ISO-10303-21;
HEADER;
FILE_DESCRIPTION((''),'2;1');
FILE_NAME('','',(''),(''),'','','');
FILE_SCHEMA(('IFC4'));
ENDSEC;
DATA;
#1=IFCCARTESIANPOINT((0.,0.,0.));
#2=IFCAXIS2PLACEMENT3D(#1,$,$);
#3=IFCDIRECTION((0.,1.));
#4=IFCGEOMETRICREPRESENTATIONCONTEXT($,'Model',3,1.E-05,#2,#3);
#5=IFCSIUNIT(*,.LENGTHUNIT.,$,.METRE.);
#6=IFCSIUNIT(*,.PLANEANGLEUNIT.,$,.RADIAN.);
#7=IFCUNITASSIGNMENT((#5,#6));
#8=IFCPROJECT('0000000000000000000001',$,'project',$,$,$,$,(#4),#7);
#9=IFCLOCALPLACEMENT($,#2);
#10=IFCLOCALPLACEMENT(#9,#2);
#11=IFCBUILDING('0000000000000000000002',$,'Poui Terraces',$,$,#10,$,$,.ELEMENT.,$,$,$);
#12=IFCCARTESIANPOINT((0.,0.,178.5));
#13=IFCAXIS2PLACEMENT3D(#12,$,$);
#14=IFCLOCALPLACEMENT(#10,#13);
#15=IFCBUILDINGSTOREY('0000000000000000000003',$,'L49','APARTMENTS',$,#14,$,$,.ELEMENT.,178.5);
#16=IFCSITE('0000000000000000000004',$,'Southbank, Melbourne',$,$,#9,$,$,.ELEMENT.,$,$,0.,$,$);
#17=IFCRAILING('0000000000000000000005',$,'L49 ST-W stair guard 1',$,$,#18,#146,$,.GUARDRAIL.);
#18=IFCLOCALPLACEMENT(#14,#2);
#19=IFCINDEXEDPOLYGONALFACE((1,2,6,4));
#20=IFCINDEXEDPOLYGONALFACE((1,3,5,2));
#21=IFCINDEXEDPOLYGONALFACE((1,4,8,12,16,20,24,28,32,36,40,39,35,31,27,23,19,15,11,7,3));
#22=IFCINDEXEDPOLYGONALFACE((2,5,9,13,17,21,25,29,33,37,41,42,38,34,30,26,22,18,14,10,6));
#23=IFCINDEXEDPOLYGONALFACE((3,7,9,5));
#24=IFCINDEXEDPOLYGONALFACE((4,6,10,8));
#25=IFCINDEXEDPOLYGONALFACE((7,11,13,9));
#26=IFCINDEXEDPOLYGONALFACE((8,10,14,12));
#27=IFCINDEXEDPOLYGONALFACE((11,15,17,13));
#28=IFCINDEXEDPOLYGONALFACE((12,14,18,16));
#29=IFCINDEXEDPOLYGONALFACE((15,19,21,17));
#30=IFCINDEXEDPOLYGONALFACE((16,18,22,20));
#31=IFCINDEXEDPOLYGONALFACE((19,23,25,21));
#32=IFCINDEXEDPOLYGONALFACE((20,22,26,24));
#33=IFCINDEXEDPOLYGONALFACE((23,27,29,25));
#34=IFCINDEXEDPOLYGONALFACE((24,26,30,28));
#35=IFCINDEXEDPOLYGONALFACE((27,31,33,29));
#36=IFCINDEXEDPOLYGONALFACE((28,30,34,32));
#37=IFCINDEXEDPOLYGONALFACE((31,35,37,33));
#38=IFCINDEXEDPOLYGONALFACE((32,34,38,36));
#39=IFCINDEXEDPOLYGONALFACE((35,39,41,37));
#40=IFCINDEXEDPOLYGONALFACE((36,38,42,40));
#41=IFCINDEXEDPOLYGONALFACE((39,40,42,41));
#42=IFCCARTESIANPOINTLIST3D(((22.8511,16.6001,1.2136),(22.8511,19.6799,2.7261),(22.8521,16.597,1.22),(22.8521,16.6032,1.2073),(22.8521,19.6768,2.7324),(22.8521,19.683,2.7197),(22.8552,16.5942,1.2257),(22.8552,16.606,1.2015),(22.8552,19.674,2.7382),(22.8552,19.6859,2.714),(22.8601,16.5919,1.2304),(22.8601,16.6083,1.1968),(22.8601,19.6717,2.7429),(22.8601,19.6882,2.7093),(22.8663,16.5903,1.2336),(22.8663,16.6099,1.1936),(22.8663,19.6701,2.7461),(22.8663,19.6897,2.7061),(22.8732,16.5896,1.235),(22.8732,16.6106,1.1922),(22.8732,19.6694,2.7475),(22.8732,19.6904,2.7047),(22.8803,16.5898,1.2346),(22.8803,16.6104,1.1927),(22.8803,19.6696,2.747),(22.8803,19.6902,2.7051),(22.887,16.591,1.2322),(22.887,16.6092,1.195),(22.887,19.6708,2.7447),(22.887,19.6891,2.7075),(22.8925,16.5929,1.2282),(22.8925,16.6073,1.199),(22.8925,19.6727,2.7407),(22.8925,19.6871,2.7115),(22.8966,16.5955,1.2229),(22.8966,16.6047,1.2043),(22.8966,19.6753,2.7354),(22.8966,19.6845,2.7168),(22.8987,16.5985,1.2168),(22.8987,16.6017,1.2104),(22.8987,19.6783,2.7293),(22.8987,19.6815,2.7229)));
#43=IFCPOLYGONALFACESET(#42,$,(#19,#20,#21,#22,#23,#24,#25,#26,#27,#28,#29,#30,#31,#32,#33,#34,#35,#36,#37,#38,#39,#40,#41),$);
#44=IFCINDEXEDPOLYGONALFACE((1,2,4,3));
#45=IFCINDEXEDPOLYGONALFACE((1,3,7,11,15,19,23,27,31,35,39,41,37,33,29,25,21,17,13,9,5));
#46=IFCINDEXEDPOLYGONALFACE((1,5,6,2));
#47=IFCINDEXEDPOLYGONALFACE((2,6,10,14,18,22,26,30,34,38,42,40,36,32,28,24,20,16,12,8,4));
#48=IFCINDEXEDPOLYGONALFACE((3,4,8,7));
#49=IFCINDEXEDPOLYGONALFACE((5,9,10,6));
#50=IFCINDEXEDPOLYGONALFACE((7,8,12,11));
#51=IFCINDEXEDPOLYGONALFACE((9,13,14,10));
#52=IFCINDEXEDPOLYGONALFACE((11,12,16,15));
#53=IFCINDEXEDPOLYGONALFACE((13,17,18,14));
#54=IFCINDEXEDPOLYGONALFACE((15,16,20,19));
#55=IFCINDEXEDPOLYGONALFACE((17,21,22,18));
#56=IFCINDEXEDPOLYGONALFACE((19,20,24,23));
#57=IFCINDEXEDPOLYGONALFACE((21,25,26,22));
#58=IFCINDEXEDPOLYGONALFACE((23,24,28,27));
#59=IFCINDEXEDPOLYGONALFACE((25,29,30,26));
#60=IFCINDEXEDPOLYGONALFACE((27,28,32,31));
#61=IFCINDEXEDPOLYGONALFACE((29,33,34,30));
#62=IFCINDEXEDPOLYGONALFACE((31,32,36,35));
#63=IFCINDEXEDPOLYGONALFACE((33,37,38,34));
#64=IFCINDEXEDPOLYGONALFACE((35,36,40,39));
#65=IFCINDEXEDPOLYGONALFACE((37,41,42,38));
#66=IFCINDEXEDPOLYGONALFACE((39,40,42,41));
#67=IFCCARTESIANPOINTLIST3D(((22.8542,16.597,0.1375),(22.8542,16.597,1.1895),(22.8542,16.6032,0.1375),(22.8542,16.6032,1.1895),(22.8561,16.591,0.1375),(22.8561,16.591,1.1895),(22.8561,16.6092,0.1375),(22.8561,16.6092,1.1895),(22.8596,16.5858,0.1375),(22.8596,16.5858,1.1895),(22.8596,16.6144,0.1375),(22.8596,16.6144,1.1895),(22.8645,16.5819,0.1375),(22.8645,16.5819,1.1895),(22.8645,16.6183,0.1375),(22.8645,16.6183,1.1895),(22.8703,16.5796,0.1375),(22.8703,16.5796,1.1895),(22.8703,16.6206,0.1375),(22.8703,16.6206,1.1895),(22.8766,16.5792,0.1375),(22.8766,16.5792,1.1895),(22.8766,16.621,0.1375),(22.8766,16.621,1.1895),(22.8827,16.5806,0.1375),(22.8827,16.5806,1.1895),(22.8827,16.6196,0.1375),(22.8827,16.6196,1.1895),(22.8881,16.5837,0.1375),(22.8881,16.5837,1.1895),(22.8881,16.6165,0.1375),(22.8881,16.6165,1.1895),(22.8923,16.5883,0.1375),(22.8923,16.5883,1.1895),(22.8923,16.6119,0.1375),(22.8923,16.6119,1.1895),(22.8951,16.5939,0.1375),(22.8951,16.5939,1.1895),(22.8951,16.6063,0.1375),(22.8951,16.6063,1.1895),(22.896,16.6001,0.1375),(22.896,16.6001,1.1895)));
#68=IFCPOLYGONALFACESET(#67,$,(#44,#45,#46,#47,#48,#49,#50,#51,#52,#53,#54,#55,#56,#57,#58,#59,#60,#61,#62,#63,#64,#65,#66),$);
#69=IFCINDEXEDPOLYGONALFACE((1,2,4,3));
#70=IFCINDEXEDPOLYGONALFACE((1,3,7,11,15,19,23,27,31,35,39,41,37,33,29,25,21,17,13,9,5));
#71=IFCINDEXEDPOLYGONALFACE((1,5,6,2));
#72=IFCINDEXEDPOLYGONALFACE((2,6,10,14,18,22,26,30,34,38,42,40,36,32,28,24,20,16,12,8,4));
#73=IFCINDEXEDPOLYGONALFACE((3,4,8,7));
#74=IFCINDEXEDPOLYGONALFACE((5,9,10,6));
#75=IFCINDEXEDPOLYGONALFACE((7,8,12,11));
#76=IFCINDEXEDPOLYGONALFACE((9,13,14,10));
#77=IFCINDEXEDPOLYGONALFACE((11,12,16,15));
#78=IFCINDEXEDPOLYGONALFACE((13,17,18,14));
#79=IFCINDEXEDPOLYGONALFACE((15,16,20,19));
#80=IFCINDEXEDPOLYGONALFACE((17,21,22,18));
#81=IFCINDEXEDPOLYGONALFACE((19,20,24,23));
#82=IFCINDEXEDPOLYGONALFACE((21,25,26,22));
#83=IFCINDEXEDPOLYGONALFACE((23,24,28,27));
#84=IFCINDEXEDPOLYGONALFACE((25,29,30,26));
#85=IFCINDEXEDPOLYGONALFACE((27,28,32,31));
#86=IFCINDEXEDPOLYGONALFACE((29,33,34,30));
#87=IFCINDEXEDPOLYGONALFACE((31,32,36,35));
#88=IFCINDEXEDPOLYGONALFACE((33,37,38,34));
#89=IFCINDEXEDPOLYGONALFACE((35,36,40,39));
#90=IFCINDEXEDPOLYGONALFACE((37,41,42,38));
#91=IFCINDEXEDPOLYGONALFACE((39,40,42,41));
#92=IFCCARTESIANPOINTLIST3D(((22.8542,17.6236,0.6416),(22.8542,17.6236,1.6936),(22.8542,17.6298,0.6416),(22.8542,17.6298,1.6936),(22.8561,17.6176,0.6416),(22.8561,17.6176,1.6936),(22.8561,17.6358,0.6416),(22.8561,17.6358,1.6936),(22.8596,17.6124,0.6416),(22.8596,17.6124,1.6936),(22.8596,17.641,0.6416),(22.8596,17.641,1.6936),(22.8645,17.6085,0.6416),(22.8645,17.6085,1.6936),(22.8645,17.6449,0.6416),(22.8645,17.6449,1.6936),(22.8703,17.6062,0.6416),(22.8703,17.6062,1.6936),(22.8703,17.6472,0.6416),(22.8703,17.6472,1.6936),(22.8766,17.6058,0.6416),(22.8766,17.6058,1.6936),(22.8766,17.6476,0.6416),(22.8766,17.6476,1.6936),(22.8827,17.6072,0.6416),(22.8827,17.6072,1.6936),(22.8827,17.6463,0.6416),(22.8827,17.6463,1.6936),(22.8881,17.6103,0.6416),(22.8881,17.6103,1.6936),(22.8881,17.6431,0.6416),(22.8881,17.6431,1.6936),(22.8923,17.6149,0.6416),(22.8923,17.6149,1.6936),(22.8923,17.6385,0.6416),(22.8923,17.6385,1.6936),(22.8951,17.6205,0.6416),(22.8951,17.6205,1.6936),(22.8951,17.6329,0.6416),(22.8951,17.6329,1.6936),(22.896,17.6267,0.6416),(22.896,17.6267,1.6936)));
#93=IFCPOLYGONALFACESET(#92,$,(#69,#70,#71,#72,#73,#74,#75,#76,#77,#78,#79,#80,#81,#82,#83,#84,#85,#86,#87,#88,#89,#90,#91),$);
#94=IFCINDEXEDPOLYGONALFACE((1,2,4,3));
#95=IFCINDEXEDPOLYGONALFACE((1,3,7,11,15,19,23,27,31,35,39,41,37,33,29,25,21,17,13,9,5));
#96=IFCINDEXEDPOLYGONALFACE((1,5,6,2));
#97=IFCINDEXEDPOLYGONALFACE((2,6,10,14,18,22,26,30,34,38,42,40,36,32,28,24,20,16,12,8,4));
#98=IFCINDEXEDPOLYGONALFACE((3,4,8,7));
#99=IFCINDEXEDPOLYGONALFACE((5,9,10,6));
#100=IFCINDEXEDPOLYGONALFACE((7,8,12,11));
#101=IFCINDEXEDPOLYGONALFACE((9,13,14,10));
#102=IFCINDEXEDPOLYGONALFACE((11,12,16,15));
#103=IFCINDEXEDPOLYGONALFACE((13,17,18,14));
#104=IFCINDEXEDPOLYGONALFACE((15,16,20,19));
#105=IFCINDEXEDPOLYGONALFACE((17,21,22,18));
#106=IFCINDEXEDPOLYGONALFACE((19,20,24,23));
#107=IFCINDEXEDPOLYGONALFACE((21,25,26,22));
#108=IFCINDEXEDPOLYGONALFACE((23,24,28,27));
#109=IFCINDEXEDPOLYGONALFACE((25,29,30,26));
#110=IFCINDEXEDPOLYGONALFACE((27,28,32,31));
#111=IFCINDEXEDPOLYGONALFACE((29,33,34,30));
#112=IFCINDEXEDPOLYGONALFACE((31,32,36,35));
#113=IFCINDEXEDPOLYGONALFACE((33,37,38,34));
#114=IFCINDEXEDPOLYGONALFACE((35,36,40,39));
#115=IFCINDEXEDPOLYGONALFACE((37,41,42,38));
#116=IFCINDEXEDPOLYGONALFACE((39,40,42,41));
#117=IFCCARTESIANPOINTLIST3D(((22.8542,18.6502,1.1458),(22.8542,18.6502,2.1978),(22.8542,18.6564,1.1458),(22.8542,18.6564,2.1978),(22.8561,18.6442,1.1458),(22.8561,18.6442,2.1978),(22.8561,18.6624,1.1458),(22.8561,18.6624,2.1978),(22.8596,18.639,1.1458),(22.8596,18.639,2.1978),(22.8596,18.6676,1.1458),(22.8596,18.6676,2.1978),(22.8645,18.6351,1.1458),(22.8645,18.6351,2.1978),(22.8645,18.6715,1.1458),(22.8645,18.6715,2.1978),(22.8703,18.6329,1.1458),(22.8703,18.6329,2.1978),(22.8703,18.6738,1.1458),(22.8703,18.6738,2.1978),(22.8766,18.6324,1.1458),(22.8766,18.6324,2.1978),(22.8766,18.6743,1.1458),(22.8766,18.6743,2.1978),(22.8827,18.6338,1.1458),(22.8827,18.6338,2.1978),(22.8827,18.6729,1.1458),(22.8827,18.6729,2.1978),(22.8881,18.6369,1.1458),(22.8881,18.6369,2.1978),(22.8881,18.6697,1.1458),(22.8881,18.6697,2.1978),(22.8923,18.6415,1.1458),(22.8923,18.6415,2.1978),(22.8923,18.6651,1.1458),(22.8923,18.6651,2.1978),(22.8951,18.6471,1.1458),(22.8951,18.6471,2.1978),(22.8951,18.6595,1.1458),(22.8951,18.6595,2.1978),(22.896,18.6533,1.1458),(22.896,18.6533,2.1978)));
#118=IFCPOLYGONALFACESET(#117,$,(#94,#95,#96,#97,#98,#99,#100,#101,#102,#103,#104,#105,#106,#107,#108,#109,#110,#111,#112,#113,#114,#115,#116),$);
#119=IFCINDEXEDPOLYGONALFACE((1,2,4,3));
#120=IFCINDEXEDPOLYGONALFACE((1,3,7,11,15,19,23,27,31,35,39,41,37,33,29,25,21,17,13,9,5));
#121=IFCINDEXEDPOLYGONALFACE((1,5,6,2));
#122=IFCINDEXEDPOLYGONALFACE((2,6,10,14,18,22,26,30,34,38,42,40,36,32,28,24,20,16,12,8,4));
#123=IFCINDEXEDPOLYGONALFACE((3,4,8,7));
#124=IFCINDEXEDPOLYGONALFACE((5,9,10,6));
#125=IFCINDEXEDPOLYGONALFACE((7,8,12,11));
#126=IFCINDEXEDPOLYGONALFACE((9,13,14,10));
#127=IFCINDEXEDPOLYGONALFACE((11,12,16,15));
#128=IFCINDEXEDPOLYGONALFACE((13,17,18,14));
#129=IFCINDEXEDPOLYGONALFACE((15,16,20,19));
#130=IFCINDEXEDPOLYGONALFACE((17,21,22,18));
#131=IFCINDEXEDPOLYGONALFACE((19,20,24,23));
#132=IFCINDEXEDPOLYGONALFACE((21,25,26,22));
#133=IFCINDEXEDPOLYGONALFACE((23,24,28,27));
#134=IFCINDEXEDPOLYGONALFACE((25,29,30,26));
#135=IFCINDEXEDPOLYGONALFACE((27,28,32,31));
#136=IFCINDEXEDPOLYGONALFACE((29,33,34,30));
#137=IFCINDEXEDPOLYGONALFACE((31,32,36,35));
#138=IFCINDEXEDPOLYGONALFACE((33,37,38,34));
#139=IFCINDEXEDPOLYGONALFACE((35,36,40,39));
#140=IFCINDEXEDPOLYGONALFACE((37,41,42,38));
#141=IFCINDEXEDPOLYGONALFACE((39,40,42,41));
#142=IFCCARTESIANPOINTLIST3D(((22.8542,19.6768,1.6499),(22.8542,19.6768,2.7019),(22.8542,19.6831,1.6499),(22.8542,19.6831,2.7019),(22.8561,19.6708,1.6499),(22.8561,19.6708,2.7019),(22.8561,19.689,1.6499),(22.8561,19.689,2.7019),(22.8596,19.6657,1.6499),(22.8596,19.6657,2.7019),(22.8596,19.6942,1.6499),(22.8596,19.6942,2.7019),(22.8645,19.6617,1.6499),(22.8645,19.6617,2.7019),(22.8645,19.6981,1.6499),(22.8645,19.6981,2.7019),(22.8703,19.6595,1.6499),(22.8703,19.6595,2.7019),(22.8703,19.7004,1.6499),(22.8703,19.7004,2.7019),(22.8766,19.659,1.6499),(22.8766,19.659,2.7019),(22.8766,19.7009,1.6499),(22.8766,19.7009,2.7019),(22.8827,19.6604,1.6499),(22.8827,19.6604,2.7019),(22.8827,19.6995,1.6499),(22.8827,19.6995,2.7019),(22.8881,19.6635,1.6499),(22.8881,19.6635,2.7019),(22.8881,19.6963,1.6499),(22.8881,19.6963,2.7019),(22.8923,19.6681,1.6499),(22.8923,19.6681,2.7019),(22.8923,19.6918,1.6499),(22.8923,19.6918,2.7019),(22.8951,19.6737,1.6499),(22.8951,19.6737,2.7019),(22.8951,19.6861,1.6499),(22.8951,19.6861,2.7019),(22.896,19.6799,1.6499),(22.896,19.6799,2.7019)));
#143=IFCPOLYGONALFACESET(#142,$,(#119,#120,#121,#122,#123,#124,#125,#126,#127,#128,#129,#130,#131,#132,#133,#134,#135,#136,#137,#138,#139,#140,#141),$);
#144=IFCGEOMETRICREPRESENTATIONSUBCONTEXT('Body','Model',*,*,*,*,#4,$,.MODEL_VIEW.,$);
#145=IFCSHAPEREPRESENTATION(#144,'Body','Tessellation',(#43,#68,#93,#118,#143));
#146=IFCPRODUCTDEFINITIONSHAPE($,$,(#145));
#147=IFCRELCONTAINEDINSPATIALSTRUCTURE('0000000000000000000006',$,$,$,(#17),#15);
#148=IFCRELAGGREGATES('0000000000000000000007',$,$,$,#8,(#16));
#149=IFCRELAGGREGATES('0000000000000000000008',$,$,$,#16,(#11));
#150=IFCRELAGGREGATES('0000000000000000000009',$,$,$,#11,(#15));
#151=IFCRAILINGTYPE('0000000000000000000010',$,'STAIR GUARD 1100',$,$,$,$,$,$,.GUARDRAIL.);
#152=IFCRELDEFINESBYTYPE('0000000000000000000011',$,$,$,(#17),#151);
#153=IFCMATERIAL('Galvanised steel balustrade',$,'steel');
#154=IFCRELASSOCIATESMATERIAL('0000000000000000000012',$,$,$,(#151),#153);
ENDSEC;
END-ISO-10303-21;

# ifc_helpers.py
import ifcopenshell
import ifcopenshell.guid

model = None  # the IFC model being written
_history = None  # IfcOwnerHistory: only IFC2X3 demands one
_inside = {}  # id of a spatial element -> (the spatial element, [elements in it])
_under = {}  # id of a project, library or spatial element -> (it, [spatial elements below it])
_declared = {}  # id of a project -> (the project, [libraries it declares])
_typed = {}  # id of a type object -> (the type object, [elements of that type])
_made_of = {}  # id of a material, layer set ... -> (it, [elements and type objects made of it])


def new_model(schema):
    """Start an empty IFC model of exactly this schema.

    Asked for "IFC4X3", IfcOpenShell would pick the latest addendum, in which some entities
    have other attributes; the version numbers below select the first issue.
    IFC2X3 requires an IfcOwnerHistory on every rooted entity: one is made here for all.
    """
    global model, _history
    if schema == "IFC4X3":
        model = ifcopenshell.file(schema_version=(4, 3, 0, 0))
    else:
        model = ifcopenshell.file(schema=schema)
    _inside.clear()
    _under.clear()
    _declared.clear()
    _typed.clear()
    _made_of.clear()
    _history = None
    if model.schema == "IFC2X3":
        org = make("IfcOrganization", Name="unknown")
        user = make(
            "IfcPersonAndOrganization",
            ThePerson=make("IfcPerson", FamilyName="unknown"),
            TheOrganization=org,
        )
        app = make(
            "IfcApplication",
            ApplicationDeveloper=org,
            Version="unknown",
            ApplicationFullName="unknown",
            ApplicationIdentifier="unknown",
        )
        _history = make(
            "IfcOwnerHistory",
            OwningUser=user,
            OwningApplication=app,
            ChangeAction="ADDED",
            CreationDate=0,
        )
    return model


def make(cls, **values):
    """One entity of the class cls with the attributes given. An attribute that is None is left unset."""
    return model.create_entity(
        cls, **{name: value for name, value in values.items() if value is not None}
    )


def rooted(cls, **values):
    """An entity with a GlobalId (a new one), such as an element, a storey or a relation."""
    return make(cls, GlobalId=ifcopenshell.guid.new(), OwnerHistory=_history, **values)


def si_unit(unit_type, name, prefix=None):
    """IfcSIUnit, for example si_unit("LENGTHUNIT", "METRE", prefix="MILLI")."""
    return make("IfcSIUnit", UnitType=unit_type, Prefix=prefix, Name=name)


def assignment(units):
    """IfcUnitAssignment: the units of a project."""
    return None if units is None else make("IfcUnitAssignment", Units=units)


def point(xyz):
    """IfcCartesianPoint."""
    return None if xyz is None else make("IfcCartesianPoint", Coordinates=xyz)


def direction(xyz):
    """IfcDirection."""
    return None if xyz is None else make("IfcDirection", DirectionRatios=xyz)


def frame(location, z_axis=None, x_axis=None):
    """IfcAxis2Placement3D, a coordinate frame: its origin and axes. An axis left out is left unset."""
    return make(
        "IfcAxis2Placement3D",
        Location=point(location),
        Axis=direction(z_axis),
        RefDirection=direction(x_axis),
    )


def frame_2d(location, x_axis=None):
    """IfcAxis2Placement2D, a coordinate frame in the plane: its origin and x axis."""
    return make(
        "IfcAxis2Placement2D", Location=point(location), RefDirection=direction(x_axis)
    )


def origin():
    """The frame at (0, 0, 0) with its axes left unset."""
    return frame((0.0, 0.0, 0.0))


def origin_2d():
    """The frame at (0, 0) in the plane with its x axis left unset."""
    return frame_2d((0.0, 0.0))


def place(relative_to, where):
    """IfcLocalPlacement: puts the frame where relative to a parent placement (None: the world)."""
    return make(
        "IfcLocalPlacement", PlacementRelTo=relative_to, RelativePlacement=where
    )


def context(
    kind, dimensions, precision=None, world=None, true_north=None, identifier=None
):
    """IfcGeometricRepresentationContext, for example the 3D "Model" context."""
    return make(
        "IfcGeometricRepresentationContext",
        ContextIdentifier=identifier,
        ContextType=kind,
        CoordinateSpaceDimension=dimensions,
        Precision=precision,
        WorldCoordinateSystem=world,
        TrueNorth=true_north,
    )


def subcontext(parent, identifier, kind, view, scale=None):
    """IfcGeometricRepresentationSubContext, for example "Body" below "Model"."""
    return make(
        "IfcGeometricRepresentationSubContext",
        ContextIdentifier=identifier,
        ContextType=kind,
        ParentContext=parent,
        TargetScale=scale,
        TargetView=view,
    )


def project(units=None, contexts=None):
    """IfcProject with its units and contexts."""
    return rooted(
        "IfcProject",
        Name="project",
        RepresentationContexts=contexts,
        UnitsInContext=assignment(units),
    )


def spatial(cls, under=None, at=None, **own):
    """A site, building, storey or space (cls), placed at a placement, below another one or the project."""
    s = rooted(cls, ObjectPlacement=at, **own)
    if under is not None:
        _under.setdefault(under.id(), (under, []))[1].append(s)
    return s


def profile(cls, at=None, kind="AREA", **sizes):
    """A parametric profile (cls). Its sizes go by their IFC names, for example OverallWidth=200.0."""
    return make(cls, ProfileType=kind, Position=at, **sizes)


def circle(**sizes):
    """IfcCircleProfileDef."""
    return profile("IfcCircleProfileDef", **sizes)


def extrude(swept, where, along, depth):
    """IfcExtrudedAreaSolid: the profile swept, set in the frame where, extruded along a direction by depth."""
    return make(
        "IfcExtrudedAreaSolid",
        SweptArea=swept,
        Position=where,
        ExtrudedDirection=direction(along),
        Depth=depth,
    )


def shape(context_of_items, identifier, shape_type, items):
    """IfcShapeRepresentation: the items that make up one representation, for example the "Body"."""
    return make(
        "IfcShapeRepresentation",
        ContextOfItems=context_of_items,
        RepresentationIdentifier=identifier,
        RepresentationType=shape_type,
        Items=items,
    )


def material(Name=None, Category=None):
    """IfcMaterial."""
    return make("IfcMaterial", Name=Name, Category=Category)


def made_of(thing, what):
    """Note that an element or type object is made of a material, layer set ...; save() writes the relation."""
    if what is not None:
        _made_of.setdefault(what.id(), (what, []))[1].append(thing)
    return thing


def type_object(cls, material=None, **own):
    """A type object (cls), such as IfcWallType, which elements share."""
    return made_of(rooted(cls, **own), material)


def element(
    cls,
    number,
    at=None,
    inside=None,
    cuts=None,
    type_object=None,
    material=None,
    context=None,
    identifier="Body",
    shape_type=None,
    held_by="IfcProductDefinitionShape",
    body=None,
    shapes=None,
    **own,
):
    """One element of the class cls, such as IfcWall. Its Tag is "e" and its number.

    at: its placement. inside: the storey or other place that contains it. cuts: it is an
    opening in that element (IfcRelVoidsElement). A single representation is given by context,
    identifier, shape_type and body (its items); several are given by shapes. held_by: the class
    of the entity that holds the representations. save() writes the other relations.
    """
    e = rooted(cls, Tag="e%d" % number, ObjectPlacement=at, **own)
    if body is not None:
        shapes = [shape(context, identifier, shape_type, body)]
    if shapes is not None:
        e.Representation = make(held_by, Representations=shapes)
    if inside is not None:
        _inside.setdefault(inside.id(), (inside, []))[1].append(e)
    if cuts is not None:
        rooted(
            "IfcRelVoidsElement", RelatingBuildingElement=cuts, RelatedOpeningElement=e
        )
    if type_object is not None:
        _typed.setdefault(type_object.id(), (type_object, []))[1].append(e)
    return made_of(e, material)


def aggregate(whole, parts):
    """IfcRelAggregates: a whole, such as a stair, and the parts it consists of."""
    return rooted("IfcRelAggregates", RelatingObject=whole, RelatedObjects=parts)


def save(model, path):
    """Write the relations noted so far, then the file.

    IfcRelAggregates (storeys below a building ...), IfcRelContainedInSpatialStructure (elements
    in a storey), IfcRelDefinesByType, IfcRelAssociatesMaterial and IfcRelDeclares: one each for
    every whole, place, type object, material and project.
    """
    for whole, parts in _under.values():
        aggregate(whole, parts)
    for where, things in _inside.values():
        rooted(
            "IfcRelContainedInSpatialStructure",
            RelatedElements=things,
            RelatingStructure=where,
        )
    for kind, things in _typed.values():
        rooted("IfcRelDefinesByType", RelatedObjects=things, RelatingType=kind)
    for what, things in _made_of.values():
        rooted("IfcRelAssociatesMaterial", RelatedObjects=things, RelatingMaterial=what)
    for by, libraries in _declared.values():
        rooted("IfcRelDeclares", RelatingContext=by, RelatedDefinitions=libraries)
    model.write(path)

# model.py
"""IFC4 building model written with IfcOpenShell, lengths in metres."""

from ifc_helpers import new_model, si_unit, direction, frame, origin, origin_2d, place, context, subcontext, project, spatial, circle, extrude, material, type_object, element, save


model = new_model("IFC4")

# Units and contexts
model_context = context("Model", 3, precision=1e-05, world=origin(), true_north=direction((0.0, 1.0)))
body_context = subcontext(model_context, "Body", "Model", "MODEL_VIEW")
ifc_project = project(units=[si_unit("LENGTHUNIT", "METRE"), si_unit("PLANEANGLEUNIT", "RADIAN")], contexts=[model_context])

# Site, building, storey
site_placement = place(None, origin())
site = spatial("IfcSite", under=ifc_project, at=site_placement, Name="Southbank, Melbourne", CompositionType="ELEMENT", RefElevation=0.0)
building_placement = place(site_placement, origin())
building = spatial("IfcBuilding", under=site, at=building_placement, Name="Poui Terraces", CompositionType="ELEMENT")
storey_placement = place(building_placement, frame((0.0, 0.0, 178.5)))
storey = spatial("IfcBuildingStorey", under=building, at=storey_placement, Name="L49", Description="APARTMENTS", CompositionType="ELEMENT", Elevation=178.5)

# Railing
ifc_material_1 = material(Name="Galvanised steel balustrade", Category="steel")
railing_type_1 = type_object("IfcRailingType", Name="STAIR GUARD 1100", PredefinedType="GUARDRAIL", material=ifc_material_1)
railing_1_placement = place(storey_placement, frame((22.875, 16.6001, 0.1375)))
element("IfcRailing", 1, at=railing_1_placement, inside=storey, type_object=railing_type_1, Name="L49 ST-W stair guard 1", PredefinedType="GUARDRAIL", context=body_context, shape_type="SweptSolid", body=[
    extrude(circle(Radius=0.0239, at=origin_2d()), frame((0.0, 0.0, 1.0762), z_axis=(0.0, 0.897606, 0.440798), x_axis=(-1.0, 0.0, 0.0)), (0.0, 0.0, 1.0), 3.4312),
    extrude(circle(Radius=0.021, at=origin_2d()), origin(), (0.0, 0.0, 1.0), 1.052),
    extrude(circle(Radius=0.021, at=origin_2d()), frame((0.0, 1.0266, 0.5042)), (0.0, 0.0, 1.0), 1.052),
    extrude(circle(Radius=0.021, at=origin_2d()), frame((0.0, 2.0532, 1.0083)), (0.0, 0.0, 1.0), 1.052),
    extrude(circle(Radius=0.021, at=origin_2d()), frame((0.0, 3.0798, 1.5125)), (0.0, 0.0, 1.0), 1.052),
])

save(model, "model.ifc")
